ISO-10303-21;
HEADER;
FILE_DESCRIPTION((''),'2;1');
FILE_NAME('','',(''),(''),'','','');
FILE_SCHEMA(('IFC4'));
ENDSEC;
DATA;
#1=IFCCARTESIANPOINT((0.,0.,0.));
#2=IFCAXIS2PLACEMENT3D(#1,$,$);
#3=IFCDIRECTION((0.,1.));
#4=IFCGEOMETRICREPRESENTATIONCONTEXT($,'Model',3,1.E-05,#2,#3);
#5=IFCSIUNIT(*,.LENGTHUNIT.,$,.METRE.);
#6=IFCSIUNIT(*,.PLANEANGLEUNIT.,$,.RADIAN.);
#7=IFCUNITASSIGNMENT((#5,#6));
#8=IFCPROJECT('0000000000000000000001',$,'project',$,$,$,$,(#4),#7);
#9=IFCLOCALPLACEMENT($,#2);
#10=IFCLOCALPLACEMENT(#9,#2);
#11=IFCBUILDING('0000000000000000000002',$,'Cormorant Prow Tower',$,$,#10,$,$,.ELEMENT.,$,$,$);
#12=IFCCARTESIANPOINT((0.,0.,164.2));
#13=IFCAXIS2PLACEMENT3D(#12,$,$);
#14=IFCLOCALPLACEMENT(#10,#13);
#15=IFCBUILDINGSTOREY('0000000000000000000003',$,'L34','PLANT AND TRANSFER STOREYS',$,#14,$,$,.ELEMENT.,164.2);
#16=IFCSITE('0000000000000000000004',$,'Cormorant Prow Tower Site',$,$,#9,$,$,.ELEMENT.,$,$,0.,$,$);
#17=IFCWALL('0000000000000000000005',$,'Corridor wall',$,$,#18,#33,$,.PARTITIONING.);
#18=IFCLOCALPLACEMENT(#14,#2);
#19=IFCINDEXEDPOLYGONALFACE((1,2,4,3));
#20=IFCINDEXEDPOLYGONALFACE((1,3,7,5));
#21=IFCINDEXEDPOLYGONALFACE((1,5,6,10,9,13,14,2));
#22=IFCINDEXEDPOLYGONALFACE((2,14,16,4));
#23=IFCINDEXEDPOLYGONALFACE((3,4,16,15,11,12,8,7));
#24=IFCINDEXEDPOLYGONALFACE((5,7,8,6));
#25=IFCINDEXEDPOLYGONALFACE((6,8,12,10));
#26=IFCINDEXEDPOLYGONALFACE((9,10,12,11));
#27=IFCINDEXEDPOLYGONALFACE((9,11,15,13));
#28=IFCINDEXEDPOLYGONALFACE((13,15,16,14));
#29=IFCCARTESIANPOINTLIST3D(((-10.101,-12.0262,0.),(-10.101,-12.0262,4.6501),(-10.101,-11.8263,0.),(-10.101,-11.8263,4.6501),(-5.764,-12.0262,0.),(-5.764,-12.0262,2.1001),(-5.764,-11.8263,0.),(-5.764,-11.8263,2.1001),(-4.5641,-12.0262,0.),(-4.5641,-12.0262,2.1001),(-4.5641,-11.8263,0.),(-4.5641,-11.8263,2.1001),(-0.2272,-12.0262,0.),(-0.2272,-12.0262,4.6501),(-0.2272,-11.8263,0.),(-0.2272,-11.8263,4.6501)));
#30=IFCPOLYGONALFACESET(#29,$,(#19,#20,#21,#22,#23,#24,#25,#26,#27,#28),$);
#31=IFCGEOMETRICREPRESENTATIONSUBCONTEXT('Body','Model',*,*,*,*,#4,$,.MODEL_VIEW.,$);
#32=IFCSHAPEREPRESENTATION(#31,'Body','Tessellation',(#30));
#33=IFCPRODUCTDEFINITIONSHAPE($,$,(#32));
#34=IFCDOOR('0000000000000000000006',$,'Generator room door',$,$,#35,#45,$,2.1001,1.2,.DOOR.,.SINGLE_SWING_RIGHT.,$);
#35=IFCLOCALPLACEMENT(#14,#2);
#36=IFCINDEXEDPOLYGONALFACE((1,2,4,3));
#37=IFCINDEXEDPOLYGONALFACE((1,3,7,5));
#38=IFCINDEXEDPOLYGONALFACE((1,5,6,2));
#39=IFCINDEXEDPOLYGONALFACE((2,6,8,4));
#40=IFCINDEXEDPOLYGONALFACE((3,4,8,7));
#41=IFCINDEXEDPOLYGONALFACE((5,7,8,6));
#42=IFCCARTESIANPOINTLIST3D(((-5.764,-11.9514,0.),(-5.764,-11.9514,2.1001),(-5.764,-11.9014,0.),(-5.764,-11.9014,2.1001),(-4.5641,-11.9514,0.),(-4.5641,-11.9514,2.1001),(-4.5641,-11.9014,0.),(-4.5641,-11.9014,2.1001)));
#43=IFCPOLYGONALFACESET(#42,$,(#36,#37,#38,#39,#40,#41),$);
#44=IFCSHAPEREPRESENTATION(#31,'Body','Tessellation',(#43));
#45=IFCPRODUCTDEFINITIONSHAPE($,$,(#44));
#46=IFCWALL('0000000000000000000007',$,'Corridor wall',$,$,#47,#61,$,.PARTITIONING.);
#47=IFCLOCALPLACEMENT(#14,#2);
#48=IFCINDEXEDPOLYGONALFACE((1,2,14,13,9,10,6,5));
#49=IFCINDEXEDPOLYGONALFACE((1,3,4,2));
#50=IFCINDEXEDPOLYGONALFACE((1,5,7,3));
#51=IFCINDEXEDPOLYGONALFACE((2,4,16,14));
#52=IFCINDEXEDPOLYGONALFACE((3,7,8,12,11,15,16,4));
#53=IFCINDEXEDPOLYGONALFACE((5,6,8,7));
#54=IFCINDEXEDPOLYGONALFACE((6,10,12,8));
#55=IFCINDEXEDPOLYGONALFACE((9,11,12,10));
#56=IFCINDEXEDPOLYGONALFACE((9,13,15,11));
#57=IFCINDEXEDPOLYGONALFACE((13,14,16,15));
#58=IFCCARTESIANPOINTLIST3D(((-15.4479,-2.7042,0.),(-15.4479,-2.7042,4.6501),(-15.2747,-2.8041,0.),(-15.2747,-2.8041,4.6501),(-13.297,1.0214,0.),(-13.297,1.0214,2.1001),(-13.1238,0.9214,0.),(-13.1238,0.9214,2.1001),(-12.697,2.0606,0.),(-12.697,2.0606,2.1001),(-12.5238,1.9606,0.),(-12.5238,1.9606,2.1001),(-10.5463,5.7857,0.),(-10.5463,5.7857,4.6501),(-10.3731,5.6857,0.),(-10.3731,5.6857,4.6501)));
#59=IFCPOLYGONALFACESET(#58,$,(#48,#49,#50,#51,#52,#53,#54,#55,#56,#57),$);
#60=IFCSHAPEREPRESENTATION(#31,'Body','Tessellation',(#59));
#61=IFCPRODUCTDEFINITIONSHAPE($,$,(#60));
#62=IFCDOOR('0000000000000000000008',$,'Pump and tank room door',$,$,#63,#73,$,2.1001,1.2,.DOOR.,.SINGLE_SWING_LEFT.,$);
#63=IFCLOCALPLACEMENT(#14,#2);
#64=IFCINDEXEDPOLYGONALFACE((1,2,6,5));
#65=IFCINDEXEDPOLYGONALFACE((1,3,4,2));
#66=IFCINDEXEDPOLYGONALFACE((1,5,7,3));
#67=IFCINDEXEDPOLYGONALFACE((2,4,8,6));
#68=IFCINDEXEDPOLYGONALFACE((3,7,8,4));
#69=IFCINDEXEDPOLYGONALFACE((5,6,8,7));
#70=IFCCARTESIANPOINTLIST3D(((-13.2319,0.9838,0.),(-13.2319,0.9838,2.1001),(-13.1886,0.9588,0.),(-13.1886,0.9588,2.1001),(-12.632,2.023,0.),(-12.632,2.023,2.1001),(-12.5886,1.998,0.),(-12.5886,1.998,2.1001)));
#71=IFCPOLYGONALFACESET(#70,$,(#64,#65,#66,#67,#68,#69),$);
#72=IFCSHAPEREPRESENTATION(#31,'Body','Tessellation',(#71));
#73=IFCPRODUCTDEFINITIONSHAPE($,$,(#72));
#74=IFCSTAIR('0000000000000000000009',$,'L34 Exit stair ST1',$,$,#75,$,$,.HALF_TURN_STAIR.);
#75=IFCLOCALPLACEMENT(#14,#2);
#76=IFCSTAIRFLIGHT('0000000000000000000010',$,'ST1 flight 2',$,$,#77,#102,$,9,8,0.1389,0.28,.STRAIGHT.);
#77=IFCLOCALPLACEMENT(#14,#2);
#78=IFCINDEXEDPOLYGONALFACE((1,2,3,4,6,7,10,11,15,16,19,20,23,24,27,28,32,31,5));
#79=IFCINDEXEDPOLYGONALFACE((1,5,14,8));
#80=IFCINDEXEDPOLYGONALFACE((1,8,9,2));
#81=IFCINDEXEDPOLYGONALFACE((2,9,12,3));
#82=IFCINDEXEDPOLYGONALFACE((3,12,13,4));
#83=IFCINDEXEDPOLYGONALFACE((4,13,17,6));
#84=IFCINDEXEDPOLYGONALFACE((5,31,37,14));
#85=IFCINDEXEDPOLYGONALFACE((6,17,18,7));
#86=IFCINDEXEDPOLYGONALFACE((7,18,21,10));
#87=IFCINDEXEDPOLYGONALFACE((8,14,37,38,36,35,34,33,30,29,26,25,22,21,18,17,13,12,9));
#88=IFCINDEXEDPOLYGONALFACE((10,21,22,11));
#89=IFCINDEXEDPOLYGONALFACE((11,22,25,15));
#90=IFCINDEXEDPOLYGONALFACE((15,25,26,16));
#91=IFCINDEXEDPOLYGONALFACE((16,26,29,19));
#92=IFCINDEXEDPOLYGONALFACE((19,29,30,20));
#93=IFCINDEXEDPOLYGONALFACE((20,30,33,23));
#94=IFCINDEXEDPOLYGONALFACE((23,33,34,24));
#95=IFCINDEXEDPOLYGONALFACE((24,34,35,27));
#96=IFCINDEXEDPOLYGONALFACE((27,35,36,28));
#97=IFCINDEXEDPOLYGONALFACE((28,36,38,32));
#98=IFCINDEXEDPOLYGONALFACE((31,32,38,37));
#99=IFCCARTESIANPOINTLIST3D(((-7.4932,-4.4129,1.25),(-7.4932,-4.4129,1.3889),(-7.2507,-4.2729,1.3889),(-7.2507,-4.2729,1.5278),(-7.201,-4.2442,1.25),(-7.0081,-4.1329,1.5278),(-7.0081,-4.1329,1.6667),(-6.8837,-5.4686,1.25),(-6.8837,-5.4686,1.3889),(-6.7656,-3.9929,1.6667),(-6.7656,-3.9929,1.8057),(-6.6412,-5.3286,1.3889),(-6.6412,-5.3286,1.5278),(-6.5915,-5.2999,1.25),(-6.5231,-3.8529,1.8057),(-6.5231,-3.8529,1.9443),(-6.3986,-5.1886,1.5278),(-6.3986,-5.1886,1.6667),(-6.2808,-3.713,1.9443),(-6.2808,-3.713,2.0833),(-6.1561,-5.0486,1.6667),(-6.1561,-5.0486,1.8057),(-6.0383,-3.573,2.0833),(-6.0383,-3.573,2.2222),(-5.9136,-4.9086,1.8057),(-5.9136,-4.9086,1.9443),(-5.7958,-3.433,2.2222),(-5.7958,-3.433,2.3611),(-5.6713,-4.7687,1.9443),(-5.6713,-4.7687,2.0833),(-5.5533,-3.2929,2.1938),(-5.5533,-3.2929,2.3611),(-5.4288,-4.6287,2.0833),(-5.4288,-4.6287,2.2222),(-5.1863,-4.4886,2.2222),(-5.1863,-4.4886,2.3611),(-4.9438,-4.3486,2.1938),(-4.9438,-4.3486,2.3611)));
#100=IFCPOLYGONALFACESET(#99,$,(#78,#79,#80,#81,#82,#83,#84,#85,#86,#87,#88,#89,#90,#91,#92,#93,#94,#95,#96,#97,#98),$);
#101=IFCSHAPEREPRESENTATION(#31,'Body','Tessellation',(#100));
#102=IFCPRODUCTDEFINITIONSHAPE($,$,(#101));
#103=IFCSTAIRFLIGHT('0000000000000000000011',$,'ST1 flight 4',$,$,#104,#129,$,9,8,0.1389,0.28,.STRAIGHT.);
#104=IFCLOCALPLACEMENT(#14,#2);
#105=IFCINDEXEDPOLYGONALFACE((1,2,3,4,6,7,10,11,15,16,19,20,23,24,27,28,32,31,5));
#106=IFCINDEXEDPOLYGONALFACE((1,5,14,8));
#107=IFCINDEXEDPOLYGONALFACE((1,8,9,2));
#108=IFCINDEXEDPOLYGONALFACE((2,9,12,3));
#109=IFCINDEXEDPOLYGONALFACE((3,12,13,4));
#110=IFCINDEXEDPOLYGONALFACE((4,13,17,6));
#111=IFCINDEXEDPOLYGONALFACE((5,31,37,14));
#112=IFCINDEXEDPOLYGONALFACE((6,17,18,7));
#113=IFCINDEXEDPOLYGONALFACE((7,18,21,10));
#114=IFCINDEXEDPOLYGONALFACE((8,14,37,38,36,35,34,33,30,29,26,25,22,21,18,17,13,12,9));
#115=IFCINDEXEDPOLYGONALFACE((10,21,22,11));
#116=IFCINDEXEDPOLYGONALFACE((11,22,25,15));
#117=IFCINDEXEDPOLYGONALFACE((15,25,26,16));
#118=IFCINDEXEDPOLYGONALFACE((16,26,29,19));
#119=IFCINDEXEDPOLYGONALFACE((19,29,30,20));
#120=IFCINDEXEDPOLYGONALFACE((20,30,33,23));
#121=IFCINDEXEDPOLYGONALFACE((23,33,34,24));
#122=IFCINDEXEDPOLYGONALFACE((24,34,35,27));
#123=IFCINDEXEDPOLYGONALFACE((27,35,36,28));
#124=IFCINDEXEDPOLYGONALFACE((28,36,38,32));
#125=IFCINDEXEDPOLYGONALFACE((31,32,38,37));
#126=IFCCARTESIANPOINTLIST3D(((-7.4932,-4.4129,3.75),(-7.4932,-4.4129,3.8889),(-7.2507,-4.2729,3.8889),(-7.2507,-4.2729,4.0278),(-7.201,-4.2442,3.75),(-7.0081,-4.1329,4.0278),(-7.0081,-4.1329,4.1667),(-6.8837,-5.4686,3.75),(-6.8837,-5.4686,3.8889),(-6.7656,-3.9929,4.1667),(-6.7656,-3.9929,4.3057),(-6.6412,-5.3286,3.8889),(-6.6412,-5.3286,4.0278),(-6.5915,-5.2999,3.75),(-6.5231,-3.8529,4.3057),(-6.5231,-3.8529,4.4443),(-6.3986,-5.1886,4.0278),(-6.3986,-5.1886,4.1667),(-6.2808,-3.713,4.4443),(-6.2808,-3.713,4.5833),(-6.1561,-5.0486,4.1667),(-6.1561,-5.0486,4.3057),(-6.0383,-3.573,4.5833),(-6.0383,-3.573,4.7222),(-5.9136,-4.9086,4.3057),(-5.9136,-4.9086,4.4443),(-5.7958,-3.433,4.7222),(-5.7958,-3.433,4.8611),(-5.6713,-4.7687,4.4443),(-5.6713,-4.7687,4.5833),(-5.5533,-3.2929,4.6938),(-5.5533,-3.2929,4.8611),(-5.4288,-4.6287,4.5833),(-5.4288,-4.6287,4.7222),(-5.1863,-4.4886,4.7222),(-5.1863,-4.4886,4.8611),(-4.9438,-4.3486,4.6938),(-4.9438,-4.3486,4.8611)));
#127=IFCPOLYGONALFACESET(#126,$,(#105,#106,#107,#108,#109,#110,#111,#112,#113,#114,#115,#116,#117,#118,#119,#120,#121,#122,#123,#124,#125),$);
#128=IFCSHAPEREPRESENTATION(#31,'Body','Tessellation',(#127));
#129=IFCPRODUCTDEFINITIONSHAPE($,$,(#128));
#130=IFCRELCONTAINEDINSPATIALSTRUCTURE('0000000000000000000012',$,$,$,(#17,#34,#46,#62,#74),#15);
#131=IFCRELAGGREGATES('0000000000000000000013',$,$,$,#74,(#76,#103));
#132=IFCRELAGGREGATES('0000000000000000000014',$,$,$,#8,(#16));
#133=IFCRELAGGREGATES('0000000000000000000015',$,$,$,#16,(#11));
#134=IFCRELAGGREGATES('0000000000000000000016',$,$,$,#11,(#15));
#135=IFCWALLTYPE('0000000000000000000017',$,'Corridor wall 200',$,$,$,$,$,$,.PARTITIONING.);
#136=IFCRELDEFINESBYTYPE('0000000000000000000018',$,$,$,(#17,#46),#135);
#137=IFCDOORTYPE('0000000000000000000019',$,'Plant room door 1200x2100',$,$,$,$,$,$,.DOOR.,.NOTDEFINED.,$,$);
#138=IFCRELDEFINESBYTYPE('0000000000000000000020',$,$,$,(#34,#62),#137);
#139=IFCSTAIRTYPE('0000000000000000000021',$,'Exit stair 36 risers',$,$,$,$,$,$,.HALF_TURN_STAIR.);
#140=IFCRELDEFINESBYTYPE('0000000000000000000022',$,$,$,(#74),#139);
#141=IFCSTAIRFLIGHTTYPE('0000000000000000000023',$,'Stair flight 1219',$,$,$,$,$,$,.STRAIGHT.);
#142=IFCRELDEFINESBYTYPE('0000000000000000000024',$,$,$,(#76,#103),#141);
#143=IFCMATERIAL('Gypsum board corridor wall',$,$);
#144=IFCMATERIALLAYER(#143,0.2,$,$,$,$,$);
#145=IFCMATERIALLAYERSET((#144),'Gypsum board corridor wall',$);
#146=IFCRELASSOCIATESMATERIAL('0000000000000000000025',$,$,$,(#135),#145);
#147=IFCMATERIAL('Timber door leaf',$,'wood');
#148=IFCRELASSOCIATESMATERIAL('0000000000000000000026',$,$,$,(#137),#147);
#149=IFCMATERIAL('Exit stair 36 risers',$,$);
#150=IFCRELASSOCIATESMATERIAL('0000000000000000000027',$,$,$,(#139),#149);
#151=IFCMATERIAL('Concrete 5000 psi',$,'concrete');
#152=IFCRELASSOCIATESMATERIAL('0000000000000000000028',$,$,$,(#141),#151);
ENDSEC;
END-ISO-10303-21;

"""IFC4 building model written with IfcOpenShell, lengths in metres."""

from ifc_helpers import new_model, si_unit, direction, frame, frame_2d, origin, place, context, subcontext, project, spatial, polyline, rectangle, outline, extrude, material, layer, layer_set, type_object, element, fill, aggregate, save


model = new_model("IFC4")

# Units and contexts
model_context = context("Model", 3, precision=1e-05, world=origin(), true_north=direction((0.0, 1.0)))
body_context = subcontext(model_context, "Body", "Model", "MODEL_VIEW")
ifc_project = project(units=[si_unit("LENGTHUNIT", "METRE"), si_unit("PLANEANGLEUNIT", "RADIAN")], contexts=[model_context])

# Site, building, storey
site_placement = place(None, origin())
site = spatial("IfcSite", under=ifc_project, at=site_placement, Name="Cormorant Prow Tower Site", CompositionType="ELEMENT", RefElevation=0.0)
building_placement = place(site_placement, origin())
building = spatial("IfcBuilding", under=site, at=building_placement, Name="Cormorant Prow Tower", CompositionType="ELEMENT")
storey_placement = place(building_placement, frame((0.0, 0.0, 164.2)))
storey = spatial("IfcBuildingStorey", under=building, at=storey_placement, Name="L34", Description="PLANT AND TRANSFER STOREYS", CompositionType="ELEMENT", Elevation=164.2)

# Walls, openings, doors
ifc_material_1 = material(Name="Gypsum board corridor wall")
ifc_layer_1 = layer(ifc_material_1, 0.2)
ifc_layer_set_1 = layer_set([ifc_layer_1], Name="Gypsum board corridor wall")
wall_type_1 = type_object("IfcWallType", Name="Corridor wall 200", PredefinedType="PARTITIONING", material=ifc_layer_set_1)
wall_1_placement = place(storey_placement, frame((-10.1011, -11.9263, 0.0), z_axis=(0.0, 0.0, 1.0), x_axis=(1.0, 0.0, 0.0)))
wall_1 = element("IfcWall", 1, at=wall_1_placement, inside=storey, type_object=wall_type_1, Name="Corridor wall", PredefinedType="PARTITIONING", context=body_context, shape_type="SweptSolid", body=[
    extrude(rectangle(XDim=9.8738, YDim=0.2, at=frame_2d((4.937, 0.0))), origin(), (0.0, 0.0, 1.0), 4.6501),
])
opening_1_placement = place(wall_1_placement, frame((4.3369, 0.0, 0.0)))
opening_1 = element("IfcOpeningElement", 2, at=opening_1_placement, cuts=wall_1, PredefinedType="OPENING", context=body_context, shape_type="SweptSolid", body=[
    extrude(rectangle(XDim=1.2, YDim=2.1001, at=frame_2d((0.6001, 1.05))), frame((0.0, 0.1099, 0.0), z_axis=(0.0, -1.0, 0.0), x_axis=(1.0, 0.0, 0.0)), (0.0, 0.0, 1.0), 0.22),
])
ifc_material_2 = material(Name="Timber door leaf", Category="wood")
door_type_1 = type_object("IfcDoorType", Name="Plant room door 1200x2100", OperationType="NOTDEFINED", PredefinedType="DOOR", material=ifc_material_2)
door_1_placement = place(opening_1_placement, origin())
door_1 = element("IfcDoor", 3, at=door_1_placement, inside=storey, type_object=door_type_1, Name="Generator room door", OperationType="SINGLE_SWING_RIGHT", OverallHeight=2.1001, OverallWidth=1.2, PredefinedType="DOOR", context=body_context, shape_type="SweptSolid", body=[
    extrude(rectangle(XDim=1.2, YDim=2.1001, at=frame_2d((0.6001, 1.05))), frame((0.0, 0.0249, 0.0), z_axis=(0.0, -1.0, 0.0), x_axis=(1.0, 0.0, 0.0)), (0.0, 0.0, 1.0), 0.05),
])
fill(opening_1, door_1)
wall_2_placement = place(storey_placement, frame((-15.3613, -2.7542, 0.0), z_axis=(0.0, 0.0, 1.0), x_axis=(0.500004, 0.866023, 0.0)))
wall_2 = element("IfcWall", 4, at=wall_2_placement, inside=storey, type_object=wall_type_1, Name="Corridor wall", PredefinedType="PARTITIONING", context=body_context, shape_type="SweptSolid", body=[
    extrude(rectangle(XDim=9.8032, YDim=0.2, at=frame_2d((4.9016, 0.0))), origin(), (0.0, 0.0, 1.0), 4.6501),
])
opening_2_placement = place(wall_2_placement, frame((4.3018, 0.0, 0.0)))
opening_2 = element("IfcOpeningElement", 5, at=opening_2_placement, cuts=wall_2, PredefinedType="OPENING", context=body_context, shape_type="SweptSolid", body=[
    extrude(rectangle(XDim=1.2, YDim=2.1001, at=frame_2d((0.6001, 1.05))), frame((0.0, 0.1099, 0.0), z_axis=(0.0, -1.0, 0.0), x_axis=(1.0, 0.0, 0.0)), (0.0, 0.0, 1.0), 0.22),
])
door_2_placement = place(opening_2_placement, origin())
door_2 = element("IfcDoor", 6, at=door_2_placement, inside=storey, type_object=door_type_1, Name="Pump and tank room door", OperationType="SINGLE_SWING_LEFT", OverallHeight=2.1001, OverallWidth=1.2, PredefinedType="DOOR", context=body_context, shape_type="SweptSolid", body=[
    extrude(rectangle(XDim=1.2, YDim=2.1001, at=frame_2d((0.6001, 1.05))), frame((0.0, 0.0249, 0.0), z_axis=(0.0, -1.0, 0.0), x_axis=(1.0, 0.0, 0.0)), (0.0, 0.0, 1.0), 0.05),
])
fill(opening_2, door_2)

# Stair, stair flights
ifc_material_3 = material(Name="Exit stair 36 risers")
stair_type = type_object("IfcStairType", Name="Exit stair 36 risers", PredefinedType="HALF_TURN_STAIR", material=ifc_material_3)
stair_placement = place(storey_placement, origin())
stair = element("IfcStair", 7, at=stair_placement, inside=storey, type_object=stair_type, Name="L34 Exit stair ST1", PredefinedType="HALF_TURN_STAIR")
ifc_material_4 = material(Name="Concrete 5000 psi", Category="concrete")
stair_flight_type = type_object("IfcStairFlightType", Name="Stair flight 1219", PredefinedType="STRAIGHT", material=ifc_material_4)
stair_flight_1_placement = place(storey_placement, frame((-7.1885, -4.9407, 1.25), z_axis=(0.0, 0.0, 1.0), x_axis=(0.866025, 0.5, 0.0)))
stair_flight_1 = element("IfcStairFlight", 8, at=stair_flight_1_placement, type_object=stair_flight_type, Name="ST1 flight 2", NumberOfRisers=9, NumberOfTreads=8, PredefinedType="STRAIGHT", RiserHeight=0.1389, TreadLength=0.28, context=body_context, shape_type="SweptSolid", body=[
    extrude(outline(polyline([(0.0, 0.0), (0.0, 0.1389), (0.28, 0.1389), (0.28, 0.2778), (0.5601, 0.2778), (0.5601, 0.4167), (0.8401, 0.4167), (0.8401, 0.5557), (1.1201, 0.5557), (1.1201, 0.6943), (1.3999, 0.6943), (1.3999, 0.8333), (1.6799, 0.8333), (1.6799, 0.9722), (1.96, 0.9722), (1.96, 1.1111), (2.24, 1.1111), (2.24, 1.25), (2.24, 0.9438), (0.3374, 0.0), (0.0, 0.0)])), frame((0.0, 0.6094, 0.0), z_axis=(0.0, -1.0, 0.0), x_axis=(1.0, 0.0, 0.0)), (0.0, 0.0, 1.0), 1.219),
])
stair_flight_2_placement = place(storey_placement, frame((-7.1885, -4.9407, 3.75), z_axis=(0.0, 0.0, 1.0), x_axis=(0.866025, 0.5, 0.0)))
stair_flight_2 = element("IfcStairFlight", 9, at=stair_flight_2_placement, type_object=stair_flight_type, Name="ST1 flight 4", NumberOfRisers=9, NumberOfTreads=8, PredefinedType="STRAIGHT", RiserHeight=0.1389, TreadLength=0.28, context=body_context, shape_type="SweptSolid", body=[
    extrude(outline(polyline([(0.0, 0.0), (0.0, 0.1389), (0.28, 0.1389), (0.28, 0.2778), (0.5601, 0.2778), (0.5601, 0.4167), (0.8401, 0.4167), (0.8401, 0.5557), (1.1201, 0.5557), (1.1201, 0.6943), (1.3999, 0.6943), (1.3999, 0.8333), (1.6799, 0.8333), (1.6799, 0.9722), (1.96, 0.9722), (1.96, 1.1111), (2.24, 1.1111), (2.24, 1.25), (2.24, 0.9438), (0.3374, 0.0), (0.0, 0.0)])), frame((0.0, 0.6094, 0.0), z_axis=(0.0, -1.0, 0.0), x_axis=(1.0, 0.0, 0.0)), (0.0, 0.0, 1.0), 1.219),
])
aggregate(stair, [stair_flight_1, stair_flight_2])

save(model, "model.ifc")
